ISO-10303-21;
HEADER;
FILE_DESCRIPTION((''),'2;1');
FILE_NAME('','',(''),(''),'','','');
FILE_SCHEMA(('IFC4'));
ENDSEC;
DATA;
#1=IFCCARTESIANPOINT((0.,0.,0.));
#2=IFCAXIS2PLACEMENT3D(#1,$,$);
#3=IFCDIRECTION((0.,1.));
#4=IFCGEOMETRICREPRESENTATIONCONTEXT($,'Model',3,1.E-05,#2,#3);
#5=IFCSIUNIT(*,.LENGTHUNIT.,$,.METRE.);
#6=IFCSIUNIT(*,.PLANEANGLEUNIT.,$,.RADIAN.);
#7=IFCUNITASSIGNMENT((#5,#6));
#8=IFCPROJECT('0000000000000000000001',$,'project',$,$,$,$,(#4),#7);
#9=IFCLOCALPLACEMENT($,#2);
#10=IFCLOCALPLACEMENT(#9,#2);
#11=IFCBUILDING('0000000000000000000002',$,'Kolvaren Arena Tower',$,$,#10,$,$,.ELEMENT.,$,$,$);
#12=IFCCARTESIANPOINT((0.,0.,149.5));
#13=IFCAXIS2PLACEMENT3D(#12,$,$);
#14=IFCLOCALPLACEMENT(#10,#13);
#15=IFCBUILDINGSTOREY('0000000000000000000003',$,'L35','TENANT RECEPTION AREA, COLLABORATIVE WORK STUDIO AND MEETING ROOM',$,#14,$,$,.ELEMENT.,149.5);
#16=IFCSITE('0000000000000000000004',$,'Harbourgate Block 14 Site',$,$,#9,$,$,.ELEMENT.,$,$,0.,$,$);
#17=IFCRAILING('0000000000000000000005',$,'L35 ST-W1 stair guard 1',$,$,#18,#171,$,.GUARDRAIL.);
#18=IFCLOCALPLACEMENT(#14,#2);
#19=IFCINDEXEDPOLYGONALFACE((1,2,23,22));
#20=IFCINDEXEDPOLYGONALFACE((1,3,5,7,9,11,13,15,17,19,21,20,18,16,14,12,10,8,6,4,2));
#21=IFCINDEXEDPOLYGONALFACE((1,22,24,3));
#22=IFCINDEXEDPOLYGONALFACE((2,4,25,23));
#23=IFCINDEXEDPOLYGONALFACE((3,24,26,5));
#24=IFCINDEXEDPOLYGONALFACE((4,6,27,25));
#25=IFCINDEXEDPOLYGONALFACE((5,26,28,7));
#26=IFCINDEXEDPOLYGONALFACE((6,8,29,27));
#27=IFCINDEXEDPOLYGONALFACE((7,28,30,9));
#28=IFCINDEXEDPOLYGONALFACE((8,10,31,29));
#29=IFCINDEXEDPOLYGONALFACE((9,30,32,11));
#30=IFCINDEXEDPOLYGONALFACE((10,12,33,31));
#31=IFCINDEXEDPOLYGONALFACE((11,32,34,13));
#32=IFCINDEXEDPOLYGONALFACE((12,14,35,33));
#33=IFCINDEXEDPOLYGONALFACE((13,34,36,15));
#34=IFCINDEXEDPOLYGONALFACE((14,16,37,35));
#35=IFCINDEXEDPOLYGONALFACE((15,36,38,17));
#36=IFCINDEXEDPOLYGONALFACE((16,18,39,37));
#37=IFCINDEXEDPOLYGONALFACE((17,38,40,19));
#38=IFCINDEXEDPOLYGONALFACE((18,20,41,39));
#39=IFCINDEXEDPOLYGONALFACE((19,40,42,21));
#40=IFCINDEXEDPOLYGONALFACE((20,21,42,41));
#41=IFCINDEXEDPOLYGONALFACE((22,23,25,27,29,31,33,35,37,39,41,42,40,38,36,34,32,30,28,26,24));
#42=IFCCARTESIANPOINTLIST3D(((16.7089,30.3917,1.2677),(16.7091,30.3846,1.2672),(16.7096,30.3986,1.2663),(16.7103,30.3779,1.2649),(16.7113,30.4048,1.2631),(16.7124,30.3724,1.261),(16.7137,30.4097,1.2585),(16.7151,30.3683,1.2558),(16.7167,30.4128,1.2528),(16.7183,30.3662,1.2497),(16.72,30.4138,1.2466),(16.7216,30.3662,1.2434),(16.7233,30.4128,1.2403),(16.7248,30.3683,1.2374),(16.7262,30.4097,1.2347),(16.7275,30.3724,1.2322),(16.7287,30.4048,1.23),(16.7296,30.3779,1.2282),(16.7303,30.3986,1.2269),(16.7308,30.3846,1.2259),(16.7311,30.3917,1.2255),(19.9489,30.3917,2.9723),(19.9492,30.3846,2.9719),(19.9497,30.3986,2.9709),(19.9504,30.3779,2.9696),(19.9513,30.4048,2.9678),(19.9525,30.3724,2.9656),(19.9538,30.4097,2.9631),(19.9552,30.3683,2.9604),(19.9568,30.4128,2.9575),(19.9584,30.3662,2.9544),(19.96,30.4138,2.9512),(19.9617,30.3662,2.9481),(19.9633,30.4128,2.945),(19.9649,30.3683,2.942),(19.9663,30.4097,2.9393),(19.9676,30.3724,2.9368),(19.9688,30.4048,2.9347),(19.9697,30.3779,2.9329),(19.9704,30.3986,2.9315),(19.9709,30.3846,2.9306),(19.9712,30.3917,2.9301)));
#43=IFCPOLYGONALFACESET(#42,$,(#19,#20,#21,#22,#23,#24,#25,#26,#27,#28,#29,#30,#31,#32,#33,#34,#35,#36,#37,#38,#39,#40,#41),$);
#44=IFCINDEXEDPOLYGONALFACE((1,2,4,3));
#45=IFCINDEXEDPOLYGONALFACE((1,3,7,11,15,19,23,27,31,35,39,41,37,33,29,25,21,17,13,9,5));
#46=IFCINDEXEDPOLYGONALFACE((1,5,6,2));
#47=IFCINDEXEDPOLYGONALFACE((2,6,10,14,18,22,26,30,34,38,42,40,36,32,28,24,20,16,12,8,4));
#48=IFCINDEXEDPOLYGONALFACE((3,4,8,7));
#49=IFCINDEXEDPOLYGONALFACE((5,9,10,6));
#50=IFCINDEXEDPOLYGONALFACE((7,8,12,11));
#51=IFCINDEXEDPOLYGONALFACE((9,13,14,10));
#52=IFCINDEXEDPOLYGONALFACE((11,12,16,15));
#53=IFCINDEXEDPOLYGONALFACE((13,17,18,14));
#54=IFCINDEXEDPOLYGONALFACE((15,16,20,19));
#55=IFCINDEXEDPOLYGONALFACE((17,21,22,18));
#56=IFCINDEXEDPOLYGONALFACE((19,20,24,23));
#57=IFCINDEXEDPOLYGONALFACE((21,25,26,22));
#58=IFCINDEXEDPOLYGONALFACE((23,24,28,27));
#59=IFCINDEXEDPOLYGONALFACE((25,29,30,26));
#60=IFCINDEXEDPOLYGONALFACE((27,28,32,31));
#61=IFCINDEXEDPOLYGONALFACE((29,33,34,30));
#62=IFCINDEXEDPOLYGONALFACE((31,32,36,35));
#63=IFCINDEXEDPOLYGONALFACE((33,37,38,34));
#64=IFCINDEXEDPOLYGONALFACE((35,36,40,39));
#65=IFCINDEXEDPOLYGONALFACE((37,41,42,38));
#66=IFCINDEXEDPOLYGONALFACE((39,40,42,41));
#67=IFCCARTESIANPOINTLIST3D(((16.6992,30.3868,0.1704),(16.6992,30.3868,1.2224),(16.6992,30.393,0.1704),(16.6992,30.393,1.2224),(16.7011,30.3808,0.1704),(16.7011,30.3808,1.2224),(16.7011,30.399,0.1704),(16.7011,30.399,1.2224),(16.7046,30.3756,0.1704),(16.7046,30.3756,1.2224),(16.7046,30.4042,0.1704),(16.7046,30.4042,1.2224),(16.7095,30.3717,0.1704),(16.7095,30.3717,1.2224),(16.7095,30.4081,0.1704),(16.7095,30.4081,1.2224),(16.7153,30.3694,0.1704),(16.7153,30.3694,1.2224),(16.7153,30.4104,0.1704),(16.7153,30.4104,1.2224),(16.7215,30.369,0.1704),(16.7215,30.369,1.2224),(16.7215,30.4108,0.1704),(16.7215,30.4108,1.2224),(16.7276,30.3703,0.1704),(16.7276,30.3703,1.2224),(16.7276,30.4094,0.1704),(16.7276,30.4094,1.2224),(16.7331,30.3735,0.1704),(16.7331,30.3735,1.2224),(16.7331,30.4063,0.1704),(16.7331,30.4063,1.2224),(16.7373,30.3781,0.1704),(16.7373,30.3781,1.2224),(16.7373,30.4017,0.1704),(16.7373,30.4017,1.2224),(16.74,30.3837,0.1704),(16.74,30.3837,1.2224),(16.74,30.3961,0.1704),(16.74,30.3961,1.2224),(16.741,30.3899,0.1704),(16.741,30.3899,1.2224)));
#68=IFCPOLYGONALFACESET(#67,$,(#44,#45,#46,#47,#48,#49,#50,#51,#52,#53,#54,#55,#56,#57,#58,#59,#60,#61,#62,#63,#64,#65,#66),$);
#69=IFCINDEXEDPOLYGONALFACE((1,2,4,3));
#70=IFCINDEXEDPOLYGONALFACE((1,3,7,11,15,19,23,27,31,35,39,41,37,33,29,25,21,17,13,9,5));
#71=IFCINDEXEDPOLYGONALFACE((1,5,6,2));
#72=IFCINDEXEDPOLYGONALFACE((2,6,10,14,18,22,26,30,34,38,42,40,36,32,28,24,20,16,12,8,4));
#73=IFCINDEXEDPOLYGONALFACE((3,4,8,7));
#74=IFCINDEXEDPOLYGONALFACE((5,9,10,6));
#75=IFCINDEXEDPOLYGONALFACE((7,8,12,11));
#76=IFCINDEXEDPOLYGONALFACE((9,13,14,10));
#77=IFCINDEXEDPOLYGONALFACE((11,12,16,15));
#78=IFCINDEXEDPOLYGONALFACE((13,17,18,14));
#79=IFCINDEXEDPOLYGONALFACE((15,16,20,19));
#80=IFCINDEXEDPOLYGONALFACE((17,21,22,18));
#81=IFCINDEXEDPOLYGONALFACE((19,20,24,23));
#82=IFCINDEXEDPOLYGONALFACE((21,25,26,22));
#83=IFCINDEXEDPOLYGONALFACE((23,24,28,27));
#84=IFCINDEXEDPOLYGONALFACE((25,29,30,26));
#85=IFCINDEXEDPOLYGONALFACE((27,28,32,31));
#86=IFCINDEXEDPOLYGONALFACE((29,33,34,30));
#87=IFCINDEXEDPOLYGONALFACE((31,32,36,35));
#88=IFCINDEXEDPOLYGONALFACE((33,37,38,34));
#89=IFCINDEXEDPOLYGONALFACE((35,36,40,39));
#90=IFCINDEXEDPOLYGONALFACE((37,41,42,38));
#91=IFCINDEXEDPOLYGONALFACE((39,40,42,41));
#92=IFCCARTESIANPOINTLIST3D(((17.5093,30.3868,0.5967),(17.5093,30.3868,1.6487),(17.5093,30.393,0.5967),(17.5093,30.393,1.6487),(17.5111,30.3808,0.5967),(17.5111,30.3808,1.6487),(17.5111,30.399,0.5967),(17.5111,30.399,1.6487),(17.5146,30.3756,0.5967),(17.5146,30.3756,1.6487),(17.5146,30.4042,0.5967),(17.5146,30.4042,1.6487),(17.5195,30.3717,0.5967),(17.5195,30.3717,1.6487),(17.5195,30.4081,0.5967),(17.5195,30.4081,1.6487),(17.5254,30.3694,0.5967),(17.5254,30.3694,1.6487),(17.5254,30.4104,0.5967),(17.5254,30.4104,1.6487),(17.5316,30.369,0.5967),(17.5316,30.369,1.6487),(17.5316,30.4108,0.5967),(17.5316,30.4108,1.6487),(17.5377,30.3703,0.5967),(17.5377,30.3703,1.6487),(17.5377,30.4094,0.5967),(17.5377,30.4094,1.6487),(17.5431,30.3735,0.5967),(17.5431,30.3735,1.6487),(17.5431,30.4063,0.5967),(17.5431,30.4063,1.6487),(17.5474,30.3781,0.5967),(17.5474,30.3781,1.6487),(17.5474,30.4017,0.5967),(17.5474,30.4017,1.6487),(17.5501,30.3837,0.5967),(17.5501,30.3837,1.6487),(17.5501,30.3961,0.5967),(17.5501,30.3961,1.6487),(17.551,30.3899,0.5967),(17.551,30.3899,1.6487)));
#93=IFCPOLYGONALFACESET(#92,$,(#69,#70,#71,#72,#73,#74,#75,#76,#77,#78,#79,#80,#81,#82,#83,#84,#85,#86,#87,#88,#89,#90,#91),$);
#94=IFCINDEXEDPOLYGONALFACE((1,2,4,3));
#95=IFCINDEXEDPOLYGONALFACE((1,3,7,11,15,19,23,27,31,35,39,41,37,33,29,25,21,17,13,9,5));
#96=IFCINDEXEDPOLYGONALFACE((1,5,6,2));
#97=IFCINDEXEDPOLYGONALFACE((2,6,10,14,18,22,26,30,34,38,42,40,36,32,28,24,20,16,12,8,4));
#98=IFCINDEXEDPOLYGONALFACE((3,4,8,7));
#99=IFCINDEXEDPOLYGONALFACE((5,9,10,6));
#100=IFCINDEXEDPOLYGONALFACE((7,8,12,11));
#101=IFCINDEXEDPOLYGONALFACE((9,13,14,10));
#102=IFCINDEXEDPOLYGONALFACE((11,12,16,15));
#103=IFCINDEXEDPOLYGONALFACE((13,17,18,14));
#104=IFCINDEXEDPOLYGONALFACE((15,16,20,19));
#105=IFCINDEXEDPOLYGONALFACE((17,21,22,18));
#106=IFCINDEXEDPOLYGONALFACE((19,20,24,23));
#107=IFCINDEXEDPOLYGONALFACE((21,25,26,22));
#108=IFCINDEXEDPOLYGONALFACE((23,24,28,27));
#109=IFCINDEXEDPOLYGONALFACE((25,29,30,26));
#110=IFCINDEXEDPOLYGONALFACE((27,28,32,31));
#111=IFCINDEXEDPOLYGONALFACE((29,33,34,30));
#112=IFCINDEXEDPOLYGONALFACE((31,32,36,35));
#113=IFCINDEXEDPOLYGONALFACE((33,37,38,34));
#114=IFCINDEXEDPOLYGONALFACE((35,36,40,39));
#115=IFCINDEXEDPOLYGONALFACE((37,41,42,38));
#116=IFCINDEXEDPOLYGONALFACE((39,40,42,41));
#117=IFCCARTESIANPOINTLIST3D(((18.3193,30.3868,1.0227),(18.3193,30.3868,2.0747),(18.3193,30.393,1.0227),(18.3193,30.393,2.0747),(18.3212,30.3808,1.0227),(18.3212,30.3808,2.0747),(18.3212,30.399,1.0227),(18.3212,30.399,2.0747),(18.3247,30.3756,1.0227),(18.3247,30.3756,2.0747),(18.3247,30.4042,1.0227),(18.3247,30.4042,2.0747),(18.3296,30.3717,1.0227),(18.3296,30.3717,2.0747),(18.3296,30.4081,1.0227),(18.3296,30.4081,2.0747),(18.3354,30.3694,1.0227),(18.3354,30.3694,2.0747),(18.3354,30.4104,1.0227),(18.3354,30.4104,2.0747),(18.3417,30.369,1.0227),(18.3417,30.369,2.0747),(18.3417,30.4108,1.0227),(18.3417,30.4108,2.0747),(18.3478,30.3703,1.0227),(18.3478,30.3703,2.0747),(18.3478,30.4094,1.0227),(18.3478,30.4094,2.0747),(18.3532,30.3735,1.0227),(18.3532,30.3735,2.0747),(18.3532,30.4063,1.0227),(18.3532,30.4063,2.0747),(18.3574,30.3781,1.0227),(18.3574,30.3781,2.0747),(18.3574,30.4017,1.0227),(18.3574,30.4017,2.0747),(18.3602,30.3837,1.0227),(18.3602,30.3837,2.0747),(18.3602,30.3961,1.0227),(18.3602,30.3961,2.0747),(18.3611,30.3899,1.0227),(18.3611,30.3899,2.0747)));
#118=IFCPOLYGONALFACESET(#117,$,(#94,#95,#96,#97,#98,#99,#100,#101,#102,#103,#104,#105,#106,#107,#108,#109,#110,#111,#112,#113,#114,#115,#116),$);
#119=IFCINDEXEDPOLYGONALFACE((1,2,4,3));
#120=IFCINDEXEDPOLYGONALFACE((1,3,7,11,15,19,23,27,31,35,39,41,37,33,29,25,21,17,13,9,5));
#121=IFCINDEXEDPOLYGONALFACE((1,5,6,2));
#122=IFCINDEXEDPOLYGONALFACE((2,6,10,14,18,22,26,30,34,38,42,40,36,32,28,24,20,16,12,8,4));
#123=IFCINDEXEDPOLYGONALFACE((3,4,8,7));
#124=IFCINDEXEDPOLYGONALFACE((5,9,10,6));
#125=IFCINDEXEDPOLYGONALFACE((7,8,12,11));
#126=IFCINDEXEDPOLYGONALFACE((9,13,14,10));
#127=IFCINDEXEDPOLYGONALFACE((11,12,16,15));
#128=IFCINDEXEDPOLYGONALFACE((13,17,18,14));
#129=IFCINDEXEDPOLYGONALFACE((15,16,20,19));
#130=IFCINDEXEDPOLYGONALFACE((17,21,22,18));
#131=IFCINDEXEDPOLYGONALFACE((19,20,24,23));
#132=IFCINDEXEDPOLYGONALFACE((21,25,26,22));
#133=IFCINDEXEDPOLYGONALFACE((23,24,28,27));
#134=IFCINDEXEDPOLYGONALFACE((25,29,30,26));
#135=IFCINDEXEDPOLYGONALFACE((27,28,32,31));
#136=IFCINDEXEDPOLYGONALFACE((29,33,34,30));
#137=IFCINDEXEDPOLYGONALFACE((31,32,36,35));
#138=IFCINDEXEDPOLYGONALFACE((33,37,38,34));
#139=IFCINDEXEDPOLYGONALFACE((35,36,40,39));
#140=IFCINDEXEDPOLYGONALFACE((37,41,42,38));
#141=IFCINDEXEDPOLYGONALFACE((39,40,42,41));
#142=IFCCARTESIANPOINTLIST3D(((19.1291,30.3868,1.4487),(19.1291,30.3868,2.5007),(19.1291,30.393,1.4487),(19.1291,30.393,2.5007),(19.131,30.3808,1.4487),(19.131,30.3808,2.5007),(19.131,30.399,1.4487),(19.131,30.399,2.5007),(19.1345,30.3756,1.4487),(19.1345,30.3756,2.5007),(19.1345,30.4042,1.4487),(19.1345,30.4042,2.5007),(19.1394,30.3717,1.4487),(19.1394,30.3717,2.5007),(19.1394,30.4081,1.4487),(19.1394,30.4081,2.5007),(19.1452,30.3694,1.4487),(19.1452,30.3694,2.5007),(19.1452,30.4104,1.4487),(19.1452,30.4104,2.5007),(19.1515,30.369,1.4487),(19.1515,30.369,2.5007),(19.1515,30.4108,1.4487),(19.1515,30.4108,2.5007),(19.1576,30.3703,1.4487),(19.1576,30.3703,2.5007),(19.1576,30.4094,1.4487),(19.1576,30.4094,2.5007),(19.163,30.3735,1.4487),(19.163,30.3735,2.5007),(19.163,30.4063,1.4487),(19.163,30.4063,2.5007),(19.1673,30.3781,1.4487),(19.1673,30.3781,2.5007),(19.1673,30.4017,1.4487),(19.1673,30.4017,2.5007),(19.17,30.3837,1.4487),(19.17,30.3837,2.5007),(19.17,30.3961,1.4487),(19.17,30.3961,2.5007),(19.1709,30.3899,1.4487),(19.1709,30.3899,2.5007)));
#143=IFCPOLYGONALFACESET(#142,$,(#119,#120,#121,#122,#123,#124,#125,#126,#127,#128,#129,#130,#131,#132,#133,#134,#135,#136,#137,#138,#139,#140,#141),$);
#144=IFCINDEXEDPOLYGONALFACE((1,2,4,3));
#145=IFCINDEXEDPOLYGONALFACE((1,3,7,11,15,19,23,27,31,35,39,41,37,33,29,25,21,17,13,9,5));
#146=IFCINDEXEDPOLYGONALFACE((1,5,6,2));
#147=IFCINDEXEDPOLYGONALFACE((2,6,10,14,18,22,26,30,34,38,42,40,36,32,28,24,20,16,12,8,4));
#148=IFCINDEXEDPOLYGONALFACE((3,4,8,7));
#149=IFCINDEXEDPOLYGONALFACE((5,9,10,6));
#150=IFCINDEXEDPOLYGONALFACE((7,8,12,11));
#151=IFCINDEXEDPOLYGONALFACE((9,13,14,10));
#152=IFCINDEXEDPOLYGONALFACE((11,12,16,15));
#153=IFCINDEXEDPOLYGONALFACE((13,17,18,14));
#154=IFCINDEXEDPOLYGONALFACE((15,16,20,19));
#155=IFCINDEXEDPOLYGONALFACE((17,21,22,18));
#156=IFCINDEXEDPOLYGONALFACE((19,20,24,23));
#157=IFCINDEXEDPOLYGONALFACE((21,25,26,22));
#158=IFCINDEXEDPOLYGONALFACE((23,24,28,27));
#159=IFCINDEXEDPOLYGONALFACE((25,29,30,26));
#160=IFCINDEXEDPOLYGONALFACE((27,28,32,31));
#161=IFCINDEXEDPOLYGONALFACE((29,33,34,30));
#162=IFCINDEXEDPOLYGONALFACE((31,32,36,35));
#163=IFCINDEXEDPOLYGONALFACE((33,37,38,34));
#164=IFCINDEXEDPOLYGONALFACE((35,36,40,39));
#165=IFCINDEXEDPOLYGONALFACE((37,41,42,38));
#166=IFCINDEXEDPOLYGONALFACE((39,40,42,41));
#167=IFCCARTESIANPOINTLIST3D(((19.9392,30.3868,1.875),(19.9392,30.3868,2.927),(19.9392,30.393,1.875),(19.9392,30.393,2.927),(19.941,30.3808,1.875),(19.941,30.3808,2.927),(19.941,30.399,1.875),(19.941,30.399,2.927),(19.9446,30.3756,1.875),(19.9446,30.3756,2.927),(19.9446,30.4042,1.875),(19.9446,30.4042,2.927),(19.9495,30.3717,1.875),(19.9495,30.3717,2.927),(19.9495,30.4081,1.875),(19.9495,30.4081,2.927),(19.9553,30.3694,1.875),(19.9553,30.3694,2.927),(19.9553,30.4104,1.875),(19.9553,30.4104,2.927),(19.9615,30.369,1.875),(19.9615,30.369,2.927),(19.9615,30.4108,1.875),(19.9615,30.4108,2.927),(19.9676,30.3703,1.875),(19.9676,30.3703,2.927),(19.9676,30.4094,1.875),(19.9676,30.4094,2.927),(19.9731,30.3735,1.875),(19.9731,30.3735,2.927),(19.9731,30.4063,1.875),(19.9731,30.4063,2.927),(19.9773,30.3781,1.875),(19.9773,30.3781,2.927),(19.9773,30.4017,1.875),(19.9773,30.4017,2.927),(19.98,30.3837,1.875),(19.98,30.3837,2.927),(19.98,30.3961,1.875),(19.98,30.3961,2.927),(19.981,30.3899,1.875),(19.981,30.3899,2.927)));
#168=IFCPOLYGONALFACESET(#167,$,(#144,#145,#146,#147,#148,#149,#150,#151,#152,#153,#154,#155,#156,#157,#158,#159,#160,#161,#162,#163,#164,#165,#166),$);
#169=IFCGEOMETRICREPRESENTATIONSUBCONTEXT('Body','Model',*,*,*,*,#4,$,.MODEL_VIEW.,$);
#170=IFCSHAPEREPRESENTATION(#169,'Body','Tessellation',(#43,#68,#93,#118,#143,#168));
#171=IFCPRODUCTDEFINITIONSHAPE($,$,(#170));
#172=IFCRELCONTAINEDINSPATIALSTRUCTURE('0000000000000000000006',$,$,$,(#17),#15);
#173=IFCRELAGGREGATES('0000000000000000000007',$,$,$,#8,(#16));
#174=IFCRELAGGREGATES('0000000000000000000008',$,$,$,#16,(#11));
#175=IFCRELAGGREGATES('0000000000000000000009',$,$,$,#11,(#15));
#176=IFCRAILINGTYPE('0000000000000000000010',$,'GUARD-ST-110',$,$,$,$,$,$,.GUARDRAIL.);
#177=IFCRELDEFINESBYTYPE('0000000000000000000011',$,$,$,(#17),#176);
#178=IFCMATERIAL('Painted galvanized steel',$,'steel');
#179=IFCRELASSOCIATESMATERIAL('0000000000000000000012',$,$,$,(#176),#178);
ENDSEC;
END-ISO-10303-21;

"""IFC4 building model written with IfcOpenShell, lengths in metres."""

from ifc_helpers import new_model, si_unit, direction, frame, origin, origin_2d, place, context, subcontext, project, spatial, circle, extrude, material, type_object, element, save


model = new_model("IFC4")

# Units and contexts
model_context = context("Model", 3, precision=1e-05, world=origin(), true_north=direction((0.0, 1.0)))
body_context = subcontext(model_context, "Body", "Model", "MODEL_VIEW")
ifc_project = project(units=[si_unit("LENGTHUNIT", "METRE"), si_unit("PLANEANGLEUNIT", "RADIAN")], contexts=[model_context])

# Site, building, storey
site_placement = place(None, origin())
site = spatial("IfcSite", under=ifc_project, at=site_placement, Name="Harbourgate Block 14 Site", CompositionType="ELEMENT", RefElevation=0.0)
building_placement = place(site_placement, origin())
building = spatial("IfcBuilding", under=site, at=building_placement, Name="Kolvaren Arena Tower", CompositionType="ELEMENT")
storey_placement = place(building_placement, frame((0.0, 0.0, 149.5)))
storey = spatial("IfcBuildingStorey", under=building, at=storey_placement, Name="L35", Description="TENANT RECEPTION AREA, COLLABORATIVE WORK STUDIO AND MEETING ROOM", CompositionType="ELEMENT", Elevation=149.5)

# Railing
ifc_material_1 = material(Name="Painted galvanized steel", Category="steel")
railing_type_1 = type_object("IfcRailingType", Name="GUARD-ST-110", PredefinedType="GUARDRAIL", material=ifc_material_1)
railing_1_placement = place(storey_placement, frame((16.72, 30.3899, 0.1704)))
element("IfcRailing", 1, at=railing_1_placement, inside=storey, type_object=railing_type_1, Name="L35 ST-W1 stair guard 1", PredefinedType="GUARDRAIL", context=body_context, shape_type="SweptSolid", body=[
    extrude(circle(Radius=0.0239, at=origin_2d()), frame((0.0, 0.0, 1.0762), z_axis=(0.884993, 0.0, 0.465604), x_axis=(0.0, 1.0, 0.0)), (0.0, 0.0, 1.0), 3.6611),
    extrude(circle(Radius=0.021, at=origin_2d()), origin(), (0.0, 0.0, 1.0), 1.052),
    extrude(circle(Radius=0.021, at=origin_2d()), frame((0.8101, 0.0, 0.4263)), (0.0, 0.0, 1.0), 1.052),
    extrude(circle(Radius=0.021, at=origin_2d()), frame((1.6201, 0.0, 0.8523)), (0.0, 0.0, 1.0), 1.052),
    extrude(circle(Radius=0.021, at=origin_2d()), frame((2.4299, 0.0, 1.2783)), (0.0, 0.0, 1.0), 1.052),
    extrude(circle(Radius=0.021, at=origin_2d()), frame((3.24, 0.0, 1.7046)), (0.0, 0.0, 1.0), 1.052),
])

save(model, "model.ifc")
